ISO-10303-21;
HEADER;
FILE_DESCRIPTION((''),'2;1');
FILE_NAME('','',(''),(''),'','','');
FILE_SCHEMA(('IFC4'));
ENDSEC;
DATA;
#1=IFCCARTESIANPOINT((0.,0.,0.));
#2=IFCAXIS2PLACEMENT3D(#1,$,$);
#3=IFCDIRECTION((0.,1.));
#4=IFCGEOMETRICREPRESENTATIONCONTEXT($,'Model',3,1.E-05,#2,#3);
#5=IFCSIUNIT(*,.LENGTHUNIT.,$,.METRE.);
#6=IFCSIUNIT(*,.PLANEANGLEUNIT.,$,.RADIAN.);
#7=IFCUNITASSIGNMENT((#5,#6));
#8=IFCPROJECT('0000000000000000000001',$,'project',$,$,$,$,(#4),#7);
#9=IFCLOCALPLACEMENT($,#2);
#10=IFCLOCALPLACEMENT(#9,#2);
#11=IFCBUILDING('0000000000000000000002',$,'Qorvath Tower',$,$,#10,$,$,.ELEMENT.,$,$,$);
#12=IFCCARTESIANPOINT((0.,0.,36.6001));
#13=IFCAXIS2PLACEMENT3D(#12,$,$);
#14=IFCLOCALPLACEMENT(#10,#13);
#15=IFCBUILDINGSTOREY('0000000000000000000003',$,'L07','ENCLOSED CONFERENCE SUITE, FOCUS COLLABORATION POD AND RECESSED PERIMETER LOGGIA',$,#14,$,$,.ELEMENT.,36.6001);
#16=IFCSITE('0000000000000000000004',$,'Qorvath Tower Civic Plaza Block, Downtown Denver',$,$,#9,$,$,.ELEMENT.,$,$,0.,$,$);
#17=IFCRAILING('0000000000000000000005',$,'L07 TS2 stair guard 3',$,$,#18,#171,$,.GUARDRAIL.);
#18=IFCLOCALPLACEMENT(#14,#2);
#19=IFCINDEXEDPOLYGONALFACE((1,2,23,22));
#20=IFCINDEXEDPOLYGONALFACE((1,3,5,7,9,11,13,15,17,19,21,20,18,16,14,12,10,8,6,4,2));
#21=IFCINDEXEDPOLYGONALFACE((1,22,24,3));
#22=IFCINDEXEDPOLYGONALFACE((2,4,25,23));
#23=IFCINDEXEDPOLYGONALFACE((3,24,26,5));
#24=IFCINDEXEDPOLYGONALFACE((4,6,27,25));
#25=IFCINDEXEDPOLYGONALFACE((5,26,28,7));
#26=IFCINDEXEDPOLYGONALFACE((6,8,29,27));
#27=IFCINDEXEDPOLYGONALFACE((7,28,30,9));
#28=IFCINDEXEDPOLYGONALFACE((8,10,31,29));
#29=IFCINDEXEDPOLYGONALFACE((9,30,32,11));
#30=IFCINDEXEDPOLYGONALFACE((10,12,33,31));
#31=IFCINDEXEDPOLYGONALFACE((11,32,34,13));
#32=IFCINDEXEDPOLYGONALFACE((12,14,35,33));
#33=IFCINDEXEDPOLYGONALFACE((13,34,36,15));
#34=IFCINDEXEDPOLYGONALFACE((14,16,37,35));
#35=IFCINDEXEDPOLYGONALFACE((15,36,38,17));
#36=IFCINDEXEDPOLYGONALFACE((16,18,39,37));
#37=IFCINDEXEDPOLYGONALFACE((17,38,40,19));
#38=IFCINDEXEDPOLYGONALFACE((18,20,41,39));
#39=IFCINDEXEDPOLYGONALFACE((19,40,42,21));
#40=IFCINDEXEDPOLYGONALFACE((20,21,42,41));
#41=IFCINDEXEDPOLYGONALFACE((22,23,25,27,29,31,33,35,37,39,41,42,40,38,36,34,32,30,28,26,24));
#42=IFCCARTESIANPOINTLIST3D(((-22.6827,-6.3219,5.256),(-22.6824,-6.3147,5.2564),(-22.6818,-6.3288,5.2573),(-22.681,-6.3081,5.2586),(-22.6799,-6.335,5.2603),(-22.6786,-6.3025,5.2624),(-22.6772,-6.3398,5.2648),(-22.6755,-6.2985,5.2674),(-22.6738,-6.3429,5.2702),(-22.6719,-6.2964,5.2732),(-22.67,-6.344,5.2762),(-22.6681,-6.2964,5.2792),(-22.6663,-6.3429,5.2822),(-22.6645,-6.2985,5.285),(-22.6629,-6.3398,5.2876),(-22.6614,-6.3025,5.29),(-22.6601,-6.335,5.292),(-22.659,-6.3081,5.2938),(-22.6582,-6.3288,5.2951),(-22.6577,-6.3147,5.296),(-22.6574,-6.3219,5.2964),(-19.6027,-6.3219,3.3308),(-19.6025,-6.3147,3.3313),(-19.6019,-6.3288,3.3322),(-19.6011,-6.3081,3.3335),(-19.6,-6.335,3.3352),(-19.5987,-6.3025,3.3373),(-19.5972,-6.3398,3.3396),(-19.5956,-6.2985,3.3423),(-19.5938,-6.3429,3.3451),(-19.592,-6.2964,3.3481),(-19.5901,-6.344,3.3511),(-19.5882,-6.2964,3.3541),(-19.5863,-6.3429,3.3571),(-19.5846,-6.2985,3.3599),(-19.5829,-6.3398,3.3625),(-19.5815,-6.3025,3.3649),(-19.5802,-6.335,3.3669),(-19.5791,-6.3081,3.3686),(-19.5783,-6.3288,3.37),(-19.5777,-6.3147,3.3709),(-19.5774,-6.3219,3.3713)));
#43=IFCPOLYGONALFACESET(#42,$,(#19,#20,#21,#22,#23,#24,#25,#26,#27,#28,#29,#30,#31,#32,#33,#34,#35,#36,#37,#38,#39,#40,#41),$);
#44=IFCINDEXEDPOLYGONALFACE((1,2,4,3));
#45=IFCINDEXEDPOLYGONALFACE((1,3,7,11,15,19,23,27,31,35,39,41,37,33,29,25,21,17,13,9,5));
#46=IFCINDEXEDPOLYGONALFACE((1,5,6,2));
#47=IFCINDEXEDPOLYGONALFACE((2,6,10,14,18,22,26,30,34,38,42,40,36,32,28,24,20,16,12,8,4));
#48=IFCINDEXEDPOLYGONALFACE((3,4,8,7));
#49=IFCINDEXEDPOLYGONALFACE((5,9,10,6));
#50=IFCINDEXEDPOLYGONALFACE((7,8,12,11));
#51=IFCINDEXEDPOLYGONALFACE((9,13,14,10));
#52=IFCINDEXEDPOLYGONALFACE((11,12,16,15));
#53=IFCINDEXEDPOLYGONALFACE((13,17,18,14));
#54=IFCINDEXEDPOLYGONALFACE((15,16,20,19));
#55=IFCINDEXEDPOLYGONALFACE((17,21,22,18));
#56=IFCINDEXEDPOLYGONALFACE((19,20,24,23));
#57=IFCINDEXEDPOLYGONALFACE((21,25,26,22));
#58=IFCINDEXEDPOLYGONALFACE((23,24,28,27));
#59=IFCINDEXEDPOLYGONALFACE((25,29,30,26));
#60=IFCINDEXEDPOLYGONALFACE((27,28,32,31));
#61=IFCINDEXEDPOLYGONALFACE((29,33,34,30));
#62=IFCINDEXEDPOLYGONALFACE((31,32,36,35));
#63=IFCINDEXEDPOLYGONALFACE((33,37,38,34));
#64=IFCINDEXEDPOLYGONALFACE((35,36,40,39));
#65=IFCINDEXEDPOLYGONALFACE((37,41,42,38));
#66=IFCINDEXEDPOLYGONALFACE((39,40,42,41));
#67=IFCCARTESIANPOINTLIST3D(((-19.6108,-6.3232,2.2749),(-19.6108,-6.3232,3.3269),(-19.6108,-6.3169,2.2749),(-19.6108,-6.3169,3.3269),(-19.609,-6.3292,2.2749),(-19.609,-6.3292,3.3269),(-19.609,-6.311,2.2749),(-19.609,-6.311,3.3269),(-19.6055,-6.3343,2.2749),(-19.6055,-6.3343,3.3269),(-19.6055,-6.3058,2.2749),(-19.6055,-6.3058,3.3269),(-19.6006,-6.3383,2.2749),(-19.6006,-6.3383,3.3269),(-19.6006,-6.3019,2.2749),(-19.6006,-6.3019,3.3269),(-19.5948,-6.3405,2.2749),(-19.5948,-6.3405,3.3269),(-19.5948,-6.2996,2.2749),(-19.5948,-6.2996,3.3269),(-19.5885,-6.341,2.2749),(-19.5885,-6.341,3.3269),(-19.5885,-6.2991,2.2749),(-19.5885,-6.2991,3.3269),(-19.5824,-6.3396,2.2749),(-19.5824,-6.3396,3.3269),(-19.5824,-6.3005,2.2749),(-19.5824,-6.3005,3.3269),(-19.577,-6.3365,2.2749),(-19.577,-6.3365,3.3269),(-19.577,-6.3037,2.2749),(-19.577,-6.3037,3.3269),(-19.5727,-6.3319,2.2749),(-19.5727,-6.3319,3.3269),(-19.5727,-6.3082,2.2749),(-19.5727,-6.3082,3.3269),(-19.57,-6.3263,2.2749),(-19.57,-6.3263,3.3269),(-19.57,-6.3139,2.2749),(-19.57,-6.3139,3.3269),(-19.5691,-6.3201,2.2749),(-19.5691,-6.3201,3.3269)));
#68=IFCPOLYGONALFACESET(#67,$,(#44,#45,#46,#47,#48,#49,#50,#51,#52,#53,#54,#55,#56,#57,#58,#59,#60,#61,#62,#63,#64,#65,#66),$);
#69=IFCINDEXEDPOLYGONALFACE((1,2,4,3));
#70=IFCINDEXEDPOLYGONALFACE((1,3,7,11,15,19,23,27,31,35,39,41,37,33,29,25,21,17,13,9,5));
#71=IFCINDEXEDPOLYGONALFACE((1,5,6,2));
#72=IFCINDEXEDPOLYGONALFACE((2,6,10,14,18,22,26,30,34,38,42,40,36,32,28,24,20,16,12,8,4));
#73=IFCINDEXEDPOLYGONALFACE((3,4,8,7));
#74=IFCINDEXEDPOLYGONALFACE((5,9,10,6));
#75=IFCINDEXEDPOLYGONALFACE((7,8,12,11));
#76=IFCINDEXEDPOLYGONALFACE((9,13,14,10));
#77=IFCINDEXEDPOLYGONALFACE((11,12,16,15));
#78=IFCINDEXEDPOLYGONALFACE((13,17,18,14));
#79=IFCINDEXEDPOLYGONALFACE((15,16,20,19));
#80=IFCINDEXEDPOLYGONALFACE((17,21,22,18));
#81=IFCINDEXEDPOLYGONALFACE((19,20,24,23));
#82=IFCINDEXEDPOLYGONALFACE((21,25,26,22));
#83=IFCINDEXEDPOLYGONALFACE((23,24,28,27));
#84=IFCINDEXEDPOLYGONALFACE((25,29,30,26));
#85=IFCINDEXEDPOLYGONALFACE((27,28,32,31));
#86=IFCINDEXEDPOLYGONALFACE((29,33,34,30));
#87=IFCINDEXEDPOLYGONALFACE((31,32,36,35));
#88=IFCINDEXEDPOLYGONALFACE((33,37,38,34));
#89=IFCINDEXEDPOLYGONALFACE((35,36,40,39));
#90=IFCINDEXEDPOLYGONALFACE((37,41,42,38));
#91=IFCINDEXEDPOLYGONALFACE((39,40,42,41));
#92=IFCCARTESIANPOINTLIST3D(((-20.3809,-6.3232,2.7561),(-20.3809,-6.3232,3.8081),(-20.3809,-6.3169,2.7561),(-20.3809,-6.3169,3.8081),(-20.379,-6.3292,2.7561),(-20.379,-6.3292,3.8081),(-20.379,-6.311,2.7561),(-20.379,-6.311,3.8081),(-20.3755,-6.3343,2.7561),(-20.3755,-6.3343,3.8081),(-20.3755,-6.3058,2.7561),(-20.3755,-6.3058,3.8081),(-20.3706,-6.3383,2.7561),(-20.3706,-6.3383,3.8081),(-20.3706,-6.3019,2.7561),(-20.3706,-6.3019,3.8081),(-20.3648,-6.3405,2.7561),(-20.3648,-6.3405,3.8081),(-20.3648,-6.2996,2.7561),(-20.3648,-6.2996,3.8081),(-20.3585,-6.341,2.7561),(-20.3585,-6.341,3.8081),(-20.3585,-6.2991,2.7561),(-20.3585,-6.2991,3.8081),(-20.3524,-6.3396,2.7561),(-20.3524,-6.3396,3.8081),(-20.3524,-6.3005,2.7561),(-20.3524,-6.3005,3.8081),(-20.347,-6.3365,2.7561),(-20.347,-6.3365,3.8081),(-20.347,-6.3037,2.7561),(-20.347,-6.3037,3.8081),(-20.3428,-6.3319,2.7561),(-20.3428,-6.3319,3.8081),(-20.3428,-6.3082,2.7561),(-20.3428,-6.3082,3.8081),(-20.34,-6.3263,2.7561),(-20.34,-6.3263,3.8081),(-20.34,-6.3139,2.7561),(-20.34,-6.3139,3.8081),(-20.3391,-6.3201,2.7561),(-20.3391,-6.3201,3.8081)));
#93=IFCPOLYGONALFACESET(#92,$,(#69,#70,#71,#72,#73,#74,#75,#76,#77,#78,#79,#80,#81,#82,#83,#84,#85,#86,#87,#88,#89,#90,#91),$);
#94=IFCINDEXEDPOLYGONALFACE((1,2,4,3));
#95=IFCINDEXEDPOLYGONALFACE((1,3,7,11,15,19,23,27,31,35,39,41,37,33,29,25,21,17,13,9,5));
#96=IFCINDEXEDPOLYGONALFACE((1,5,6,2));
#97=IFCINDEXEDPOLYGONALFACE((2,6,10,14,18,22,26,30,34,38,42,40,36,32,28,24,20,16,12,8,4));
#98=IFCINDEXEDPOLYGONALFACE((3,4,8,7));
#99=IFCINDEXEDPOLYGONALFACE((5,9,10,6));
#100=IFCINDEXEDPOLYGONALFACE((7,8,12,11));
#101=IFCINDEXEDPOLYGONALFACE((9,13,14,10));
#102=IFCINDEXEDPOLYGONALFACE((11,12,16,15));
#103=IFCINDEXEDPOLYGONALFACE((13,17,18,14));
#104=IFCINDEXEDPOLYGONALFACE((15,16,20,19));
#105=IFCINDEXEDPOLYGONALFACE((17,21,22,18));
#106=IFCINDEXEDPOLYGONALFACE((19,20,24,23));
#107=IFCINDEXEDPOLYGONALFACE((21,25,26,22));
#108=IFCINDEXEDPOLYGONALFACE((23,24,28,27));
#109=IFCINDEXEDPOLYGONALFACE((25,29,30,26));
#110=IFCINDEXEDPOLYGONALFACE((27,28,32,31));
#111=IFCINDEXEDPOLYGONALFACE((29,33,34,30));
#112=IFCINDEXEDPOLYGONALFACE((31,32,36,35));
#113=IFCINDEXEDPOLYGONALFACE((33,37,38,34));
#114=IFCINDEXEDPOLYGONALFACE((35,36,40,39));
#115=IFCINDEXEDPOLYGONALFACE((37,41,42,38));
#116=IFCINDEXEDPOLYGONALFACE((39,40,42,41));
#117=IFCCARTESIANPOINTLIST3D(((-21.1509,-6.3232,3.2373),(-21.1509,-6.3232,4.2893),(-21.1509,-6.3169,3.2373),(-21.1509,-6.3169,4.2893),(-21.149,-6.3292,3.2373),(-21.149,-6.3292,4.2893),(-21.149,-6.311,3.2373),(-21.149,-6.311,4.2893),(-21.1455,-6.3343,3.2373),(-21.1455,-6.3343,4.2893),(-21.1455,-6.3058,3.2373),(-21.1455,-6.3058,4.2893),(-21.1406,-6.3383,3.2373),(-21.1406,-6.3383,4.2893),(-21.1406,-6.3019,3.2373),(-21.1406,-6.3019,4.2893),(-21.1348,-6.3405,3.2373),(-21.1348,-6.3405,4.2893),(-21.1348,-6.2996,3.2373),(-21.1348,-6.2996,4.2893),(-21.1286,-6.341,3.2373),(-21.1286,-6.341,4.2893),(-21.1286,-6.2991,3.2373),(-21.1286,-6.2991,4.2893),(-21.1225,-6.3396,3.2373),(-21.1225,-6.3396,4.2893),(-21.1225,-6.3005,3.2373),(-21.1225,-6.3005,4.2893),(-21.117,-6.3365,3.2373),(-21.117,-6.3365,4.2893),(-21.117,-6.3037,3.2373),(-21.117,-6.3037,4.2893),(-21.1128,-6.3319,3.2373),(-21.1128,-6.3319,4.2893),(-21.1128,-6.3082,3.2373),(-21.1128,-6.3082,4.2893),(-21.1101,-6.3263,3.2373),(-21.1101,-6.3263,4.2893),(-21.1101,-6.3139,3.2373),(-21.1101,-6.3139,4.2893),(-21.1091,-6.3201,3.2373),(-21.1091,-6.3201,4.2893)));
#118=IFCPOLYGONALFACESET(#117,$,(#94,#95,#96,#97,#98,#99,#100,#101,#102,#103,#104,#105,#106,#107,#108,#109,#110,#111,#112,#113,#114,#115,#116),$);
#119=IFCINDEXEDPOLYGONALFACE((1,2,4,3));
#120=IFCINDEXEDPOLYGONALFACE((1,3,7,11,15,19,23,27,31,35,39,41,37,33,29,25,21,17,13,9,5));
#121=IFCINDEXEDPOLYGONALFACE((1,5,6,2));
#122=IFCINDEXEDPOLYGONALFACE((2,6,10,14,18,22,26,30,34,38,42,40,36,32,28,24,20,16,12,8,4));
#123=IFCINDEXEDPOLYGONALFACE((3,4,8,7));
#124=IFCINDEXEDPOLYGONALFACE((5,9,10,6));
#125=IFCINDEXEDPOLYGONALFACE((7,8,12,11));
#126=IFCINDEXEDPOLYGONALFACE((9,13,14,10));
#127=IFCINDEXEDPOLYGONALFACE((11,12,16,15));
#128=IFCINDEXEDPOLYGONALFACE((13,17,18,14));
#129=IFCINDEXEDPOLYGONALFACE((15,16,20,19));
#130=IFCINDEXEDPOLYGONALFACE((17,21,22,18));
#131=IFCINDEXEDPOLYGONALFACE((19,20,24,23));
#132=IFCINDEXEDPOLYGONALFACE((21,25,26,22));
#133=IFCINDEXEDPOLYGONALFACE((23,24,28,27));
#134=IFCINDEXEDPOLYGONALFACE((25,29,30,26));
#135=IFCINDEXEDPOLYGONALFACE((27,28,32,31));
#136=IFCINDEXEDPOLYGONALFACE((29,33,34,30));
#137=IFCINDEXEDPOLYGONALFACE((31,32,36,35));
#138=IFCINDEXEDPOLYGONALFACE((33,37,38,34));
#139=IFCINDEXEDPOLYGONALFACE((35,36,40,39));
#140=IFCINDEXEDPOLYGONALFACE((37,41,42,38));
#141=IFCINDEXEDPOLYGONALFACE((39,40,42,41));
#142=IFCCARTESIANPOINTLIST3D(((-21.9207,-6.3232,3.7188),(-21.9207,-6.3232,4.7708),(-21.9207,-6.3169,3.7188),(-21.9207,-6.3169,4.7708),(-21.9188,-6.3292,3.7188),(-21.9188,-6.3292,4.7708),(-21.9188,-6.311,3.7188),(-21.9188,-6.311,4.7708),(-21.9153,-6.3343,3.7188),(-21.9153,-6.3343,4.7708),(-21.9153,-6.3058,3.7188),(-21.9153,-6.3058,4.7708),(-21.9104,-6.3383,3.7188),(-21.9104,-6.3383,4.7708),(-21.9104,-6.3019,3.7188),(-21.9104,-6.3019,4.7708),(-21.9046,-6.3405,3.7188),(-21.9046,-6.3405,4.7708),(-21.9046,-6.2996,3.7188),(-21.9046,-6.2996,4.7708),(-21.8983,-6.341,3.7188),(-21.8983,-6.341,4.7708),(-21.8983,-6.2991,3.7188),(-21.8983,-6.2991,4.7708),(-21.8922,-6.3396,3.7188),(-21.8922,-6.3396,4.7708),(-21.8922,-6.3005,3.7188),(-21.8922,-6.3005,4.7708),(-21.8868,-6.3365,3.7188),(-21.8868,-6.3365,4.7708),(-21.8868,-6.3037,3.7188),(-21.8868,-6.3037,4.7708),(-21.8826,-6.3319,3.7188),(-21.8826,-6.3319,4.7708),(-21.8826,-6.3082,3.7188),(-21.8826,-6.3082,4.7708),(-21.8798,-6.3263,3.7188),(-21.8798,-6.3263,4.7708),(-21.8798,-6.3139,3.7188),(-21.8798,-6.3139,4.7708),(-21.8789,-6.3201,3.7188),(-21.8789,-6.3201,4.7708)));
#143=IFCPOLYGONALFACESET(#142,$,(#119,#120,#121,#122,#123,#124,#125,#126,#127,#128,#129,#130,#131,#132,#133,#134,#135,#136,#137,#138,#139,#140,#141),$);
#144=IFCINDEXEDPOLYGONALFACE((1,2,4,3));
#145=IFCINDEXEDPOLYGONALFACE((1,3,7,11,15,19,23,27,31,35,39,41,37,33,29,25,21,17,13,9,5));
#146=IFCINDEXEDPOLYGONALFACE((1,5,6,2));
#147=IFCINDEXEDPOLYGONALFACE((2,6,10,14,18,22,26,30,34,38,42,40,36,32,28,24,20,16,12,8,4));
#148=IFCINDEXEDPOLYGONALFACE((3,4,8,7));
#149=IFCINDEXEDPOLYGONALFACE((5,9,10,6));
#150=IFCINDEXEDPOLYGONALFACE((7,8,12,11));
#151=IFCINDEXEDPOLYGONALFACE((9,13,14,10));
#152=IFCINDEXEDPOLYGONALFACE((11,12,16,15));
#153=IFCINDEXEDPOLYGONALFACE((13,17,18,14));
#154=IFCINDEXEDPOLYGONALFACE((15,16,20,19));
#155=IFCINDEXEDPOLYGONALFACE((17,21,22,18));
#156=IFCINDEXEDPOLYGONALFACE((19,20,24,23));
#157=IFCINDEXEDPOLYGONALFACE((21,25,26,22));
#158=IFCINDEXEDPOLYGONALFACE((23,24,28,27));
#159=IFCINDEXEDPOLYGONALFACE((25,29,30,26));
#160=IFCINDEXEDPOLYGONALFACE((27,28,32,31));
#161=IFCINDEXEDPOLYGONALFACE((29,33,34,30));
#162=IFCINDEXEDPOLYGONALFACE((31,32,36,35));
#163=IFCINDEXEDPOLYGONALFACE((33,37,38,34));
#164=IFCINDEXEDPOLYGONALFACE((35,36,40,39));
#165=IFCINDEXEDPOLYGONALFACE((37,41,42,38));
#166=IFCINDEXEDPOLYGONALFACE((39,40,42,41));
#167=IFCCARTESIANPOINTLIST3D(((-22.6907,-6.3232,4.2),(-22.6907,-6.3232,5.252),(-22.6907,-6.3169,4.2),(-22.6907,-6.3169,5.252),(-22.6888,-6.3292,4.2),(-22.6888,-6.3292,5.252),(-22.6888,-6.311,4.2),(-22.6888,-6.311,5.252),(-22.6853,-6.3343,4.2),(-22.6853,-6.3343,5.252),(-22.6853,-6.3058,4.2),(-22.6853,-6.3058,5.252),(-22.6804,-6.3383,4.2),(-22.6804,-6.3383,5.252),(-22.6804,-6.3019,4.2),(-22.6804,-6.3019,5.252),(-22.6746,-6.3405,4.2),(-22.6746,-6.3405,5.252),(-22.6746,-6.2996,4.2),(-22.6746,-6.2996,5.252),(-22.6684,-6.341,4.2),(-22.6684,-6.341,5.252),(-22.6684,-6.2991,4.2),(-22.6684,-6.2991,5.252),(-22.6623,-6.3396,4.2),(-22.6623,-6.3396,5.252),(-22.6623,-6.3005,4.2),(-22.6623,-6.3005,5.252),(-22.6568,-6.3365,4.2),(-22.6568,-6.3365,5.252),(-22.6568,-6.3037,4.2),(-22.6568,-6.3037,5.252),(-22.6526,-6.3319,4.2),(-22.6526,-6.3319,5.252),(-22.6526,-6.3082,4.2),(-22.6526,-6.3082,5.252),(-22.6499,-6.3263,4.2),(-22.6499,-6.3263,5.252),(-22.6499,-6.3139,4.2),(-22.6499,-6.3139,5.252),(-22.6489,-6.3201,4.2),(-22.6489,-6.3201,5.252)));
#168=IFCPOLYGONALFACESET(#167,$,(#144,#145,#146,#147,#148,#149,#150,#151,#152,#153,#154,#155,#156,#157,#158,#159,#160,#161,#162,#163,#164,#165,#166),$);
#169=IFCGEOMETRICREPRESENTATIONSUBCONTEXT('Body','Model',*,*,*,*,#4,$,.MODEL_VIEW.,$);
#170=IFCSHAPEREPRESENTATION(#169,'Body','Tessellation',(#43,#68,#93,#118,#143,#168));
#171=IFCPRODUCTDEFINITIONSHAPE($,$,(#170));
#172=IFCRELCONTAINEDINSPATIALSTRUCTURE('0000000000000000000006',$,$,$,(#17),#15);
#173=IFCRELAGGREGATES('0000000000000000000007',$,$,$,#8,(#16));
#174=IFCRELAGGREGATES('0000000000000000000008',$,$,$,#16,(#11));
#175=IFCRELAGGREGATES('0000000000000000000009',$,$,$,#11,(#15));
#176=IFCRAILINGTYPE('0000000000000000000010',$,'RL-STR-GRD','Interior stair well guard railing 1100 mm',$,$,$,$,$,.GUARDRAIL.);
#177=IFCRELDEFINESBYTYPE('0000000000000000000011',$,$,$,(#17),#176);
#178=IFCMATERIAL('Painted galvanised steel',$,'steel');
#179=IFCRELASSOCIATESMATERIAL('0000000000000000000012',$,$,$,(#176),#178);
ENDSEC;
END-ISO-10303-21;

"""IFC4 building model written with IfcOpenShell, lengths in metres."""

from ifc_helpers import new_model, si_unit, direction, frame, origin, origin_2d, place, context, subcontext, project, spatial, circle, extrude, material, type_object, element, save


model = new_model("IFC4")

# Units and contexts
model_context = context("Model", 3, precision=1e-05, world=origin(), true_north=direction((0.0, 1.0)))
body_context = subcontext(model_context, "Body", "Model", "MODEL_VIEW")
ifc_project = project(units=[si_unit("LENGTHUNIT", "METRE"), si_unit("PLANEANGLEUNIT", "RADIAN")], contexts=[model_context])

# Site, building, storey
site_placement = place(None, origin())
site = spatial("IfcSite", under=ifc_project, at=site_placement, Name="Qorvath Tower Civic Plaza Block, Downtown Denver", CompositionType="ELEMENT", RefElevation=0.0)
building_placement = place(site_placement, origin())
building = spatial("IfcBuilding", under=site, at=building_placement, Name="Qorvath Tower", CompositionType="ELEMENT")
storey_placement = place(building_placement, frame((0.0, 0.0, 36.6001)))
storey = spatial("IfcBuildingStorey", under=building, at=storey_placement, Name="L07", Description="ENCLOSED CONFERENCE SUITE, FOCUS COLLABORATION POD AND RECESSED PERIMETER LOGGIA", CompositionType="ELEMENT", Elevation=36.6001)

# Railing
ifc_material_1 = material(Name="Painted galvanised steel", Category="steel")
railing_type_1 = type_object("IfcRailingType", Name="RL-STR-GRD", Description="Interior stair well guard railing 1100 mm", PredefinedType="GUARDRAIL", material=ifc_material_1)
railing_1_placement = place(storey_placement, frame((-19.5901, -6.3201, 2.2749)))
element("IfcRailing", 1, at=railing_1_placement, inside=storey, type_object=railing_type_1, Name="L07 TS2 stair guard 3", PredefinedType="GUARDRAIL", context=body_context, shape_type="SweptSolid", body=[
    extrude(circle(Radius=0.0239, at=origin_2d()), frame((0.0, 0.0, 1.0762), z_axis=(-0.847979, 0.0, 0.530029), x_axis=(0.0, -1.0, 0.0)), (0.0, 0.0, 1.0), 3.6321),
    extrude(circle(Radius=0.021, at=origin_2d()), origin(), (0.0, 0.0, 1.0), 1.052),
    extrude(circle(Radius=0.021, at=origin_2d()), frame((-0.77, 0.0, 0.4812)), (0.0, 0.0, 1.0), 1.052),
    extrude(circle(Radius=0.021, at=origin_2d()), frame((-1.54, 0.0, 0.9624)), (0.0, 0.0, 1.0), 1.052),
    extrude(circle(Radius=0.021, at=origin_2d()), frame((-2.3098, 0.0, 1.4438)), (0.0, 0.0, 1.0), 1.052),
    extrude(circle(Radius=0.021, at=origin_2d()), frame((-3.0798, 0.0, 1.925)), (0.0, 0.0, 1.0), 1.052),
])

save(model, "model.ifc")
